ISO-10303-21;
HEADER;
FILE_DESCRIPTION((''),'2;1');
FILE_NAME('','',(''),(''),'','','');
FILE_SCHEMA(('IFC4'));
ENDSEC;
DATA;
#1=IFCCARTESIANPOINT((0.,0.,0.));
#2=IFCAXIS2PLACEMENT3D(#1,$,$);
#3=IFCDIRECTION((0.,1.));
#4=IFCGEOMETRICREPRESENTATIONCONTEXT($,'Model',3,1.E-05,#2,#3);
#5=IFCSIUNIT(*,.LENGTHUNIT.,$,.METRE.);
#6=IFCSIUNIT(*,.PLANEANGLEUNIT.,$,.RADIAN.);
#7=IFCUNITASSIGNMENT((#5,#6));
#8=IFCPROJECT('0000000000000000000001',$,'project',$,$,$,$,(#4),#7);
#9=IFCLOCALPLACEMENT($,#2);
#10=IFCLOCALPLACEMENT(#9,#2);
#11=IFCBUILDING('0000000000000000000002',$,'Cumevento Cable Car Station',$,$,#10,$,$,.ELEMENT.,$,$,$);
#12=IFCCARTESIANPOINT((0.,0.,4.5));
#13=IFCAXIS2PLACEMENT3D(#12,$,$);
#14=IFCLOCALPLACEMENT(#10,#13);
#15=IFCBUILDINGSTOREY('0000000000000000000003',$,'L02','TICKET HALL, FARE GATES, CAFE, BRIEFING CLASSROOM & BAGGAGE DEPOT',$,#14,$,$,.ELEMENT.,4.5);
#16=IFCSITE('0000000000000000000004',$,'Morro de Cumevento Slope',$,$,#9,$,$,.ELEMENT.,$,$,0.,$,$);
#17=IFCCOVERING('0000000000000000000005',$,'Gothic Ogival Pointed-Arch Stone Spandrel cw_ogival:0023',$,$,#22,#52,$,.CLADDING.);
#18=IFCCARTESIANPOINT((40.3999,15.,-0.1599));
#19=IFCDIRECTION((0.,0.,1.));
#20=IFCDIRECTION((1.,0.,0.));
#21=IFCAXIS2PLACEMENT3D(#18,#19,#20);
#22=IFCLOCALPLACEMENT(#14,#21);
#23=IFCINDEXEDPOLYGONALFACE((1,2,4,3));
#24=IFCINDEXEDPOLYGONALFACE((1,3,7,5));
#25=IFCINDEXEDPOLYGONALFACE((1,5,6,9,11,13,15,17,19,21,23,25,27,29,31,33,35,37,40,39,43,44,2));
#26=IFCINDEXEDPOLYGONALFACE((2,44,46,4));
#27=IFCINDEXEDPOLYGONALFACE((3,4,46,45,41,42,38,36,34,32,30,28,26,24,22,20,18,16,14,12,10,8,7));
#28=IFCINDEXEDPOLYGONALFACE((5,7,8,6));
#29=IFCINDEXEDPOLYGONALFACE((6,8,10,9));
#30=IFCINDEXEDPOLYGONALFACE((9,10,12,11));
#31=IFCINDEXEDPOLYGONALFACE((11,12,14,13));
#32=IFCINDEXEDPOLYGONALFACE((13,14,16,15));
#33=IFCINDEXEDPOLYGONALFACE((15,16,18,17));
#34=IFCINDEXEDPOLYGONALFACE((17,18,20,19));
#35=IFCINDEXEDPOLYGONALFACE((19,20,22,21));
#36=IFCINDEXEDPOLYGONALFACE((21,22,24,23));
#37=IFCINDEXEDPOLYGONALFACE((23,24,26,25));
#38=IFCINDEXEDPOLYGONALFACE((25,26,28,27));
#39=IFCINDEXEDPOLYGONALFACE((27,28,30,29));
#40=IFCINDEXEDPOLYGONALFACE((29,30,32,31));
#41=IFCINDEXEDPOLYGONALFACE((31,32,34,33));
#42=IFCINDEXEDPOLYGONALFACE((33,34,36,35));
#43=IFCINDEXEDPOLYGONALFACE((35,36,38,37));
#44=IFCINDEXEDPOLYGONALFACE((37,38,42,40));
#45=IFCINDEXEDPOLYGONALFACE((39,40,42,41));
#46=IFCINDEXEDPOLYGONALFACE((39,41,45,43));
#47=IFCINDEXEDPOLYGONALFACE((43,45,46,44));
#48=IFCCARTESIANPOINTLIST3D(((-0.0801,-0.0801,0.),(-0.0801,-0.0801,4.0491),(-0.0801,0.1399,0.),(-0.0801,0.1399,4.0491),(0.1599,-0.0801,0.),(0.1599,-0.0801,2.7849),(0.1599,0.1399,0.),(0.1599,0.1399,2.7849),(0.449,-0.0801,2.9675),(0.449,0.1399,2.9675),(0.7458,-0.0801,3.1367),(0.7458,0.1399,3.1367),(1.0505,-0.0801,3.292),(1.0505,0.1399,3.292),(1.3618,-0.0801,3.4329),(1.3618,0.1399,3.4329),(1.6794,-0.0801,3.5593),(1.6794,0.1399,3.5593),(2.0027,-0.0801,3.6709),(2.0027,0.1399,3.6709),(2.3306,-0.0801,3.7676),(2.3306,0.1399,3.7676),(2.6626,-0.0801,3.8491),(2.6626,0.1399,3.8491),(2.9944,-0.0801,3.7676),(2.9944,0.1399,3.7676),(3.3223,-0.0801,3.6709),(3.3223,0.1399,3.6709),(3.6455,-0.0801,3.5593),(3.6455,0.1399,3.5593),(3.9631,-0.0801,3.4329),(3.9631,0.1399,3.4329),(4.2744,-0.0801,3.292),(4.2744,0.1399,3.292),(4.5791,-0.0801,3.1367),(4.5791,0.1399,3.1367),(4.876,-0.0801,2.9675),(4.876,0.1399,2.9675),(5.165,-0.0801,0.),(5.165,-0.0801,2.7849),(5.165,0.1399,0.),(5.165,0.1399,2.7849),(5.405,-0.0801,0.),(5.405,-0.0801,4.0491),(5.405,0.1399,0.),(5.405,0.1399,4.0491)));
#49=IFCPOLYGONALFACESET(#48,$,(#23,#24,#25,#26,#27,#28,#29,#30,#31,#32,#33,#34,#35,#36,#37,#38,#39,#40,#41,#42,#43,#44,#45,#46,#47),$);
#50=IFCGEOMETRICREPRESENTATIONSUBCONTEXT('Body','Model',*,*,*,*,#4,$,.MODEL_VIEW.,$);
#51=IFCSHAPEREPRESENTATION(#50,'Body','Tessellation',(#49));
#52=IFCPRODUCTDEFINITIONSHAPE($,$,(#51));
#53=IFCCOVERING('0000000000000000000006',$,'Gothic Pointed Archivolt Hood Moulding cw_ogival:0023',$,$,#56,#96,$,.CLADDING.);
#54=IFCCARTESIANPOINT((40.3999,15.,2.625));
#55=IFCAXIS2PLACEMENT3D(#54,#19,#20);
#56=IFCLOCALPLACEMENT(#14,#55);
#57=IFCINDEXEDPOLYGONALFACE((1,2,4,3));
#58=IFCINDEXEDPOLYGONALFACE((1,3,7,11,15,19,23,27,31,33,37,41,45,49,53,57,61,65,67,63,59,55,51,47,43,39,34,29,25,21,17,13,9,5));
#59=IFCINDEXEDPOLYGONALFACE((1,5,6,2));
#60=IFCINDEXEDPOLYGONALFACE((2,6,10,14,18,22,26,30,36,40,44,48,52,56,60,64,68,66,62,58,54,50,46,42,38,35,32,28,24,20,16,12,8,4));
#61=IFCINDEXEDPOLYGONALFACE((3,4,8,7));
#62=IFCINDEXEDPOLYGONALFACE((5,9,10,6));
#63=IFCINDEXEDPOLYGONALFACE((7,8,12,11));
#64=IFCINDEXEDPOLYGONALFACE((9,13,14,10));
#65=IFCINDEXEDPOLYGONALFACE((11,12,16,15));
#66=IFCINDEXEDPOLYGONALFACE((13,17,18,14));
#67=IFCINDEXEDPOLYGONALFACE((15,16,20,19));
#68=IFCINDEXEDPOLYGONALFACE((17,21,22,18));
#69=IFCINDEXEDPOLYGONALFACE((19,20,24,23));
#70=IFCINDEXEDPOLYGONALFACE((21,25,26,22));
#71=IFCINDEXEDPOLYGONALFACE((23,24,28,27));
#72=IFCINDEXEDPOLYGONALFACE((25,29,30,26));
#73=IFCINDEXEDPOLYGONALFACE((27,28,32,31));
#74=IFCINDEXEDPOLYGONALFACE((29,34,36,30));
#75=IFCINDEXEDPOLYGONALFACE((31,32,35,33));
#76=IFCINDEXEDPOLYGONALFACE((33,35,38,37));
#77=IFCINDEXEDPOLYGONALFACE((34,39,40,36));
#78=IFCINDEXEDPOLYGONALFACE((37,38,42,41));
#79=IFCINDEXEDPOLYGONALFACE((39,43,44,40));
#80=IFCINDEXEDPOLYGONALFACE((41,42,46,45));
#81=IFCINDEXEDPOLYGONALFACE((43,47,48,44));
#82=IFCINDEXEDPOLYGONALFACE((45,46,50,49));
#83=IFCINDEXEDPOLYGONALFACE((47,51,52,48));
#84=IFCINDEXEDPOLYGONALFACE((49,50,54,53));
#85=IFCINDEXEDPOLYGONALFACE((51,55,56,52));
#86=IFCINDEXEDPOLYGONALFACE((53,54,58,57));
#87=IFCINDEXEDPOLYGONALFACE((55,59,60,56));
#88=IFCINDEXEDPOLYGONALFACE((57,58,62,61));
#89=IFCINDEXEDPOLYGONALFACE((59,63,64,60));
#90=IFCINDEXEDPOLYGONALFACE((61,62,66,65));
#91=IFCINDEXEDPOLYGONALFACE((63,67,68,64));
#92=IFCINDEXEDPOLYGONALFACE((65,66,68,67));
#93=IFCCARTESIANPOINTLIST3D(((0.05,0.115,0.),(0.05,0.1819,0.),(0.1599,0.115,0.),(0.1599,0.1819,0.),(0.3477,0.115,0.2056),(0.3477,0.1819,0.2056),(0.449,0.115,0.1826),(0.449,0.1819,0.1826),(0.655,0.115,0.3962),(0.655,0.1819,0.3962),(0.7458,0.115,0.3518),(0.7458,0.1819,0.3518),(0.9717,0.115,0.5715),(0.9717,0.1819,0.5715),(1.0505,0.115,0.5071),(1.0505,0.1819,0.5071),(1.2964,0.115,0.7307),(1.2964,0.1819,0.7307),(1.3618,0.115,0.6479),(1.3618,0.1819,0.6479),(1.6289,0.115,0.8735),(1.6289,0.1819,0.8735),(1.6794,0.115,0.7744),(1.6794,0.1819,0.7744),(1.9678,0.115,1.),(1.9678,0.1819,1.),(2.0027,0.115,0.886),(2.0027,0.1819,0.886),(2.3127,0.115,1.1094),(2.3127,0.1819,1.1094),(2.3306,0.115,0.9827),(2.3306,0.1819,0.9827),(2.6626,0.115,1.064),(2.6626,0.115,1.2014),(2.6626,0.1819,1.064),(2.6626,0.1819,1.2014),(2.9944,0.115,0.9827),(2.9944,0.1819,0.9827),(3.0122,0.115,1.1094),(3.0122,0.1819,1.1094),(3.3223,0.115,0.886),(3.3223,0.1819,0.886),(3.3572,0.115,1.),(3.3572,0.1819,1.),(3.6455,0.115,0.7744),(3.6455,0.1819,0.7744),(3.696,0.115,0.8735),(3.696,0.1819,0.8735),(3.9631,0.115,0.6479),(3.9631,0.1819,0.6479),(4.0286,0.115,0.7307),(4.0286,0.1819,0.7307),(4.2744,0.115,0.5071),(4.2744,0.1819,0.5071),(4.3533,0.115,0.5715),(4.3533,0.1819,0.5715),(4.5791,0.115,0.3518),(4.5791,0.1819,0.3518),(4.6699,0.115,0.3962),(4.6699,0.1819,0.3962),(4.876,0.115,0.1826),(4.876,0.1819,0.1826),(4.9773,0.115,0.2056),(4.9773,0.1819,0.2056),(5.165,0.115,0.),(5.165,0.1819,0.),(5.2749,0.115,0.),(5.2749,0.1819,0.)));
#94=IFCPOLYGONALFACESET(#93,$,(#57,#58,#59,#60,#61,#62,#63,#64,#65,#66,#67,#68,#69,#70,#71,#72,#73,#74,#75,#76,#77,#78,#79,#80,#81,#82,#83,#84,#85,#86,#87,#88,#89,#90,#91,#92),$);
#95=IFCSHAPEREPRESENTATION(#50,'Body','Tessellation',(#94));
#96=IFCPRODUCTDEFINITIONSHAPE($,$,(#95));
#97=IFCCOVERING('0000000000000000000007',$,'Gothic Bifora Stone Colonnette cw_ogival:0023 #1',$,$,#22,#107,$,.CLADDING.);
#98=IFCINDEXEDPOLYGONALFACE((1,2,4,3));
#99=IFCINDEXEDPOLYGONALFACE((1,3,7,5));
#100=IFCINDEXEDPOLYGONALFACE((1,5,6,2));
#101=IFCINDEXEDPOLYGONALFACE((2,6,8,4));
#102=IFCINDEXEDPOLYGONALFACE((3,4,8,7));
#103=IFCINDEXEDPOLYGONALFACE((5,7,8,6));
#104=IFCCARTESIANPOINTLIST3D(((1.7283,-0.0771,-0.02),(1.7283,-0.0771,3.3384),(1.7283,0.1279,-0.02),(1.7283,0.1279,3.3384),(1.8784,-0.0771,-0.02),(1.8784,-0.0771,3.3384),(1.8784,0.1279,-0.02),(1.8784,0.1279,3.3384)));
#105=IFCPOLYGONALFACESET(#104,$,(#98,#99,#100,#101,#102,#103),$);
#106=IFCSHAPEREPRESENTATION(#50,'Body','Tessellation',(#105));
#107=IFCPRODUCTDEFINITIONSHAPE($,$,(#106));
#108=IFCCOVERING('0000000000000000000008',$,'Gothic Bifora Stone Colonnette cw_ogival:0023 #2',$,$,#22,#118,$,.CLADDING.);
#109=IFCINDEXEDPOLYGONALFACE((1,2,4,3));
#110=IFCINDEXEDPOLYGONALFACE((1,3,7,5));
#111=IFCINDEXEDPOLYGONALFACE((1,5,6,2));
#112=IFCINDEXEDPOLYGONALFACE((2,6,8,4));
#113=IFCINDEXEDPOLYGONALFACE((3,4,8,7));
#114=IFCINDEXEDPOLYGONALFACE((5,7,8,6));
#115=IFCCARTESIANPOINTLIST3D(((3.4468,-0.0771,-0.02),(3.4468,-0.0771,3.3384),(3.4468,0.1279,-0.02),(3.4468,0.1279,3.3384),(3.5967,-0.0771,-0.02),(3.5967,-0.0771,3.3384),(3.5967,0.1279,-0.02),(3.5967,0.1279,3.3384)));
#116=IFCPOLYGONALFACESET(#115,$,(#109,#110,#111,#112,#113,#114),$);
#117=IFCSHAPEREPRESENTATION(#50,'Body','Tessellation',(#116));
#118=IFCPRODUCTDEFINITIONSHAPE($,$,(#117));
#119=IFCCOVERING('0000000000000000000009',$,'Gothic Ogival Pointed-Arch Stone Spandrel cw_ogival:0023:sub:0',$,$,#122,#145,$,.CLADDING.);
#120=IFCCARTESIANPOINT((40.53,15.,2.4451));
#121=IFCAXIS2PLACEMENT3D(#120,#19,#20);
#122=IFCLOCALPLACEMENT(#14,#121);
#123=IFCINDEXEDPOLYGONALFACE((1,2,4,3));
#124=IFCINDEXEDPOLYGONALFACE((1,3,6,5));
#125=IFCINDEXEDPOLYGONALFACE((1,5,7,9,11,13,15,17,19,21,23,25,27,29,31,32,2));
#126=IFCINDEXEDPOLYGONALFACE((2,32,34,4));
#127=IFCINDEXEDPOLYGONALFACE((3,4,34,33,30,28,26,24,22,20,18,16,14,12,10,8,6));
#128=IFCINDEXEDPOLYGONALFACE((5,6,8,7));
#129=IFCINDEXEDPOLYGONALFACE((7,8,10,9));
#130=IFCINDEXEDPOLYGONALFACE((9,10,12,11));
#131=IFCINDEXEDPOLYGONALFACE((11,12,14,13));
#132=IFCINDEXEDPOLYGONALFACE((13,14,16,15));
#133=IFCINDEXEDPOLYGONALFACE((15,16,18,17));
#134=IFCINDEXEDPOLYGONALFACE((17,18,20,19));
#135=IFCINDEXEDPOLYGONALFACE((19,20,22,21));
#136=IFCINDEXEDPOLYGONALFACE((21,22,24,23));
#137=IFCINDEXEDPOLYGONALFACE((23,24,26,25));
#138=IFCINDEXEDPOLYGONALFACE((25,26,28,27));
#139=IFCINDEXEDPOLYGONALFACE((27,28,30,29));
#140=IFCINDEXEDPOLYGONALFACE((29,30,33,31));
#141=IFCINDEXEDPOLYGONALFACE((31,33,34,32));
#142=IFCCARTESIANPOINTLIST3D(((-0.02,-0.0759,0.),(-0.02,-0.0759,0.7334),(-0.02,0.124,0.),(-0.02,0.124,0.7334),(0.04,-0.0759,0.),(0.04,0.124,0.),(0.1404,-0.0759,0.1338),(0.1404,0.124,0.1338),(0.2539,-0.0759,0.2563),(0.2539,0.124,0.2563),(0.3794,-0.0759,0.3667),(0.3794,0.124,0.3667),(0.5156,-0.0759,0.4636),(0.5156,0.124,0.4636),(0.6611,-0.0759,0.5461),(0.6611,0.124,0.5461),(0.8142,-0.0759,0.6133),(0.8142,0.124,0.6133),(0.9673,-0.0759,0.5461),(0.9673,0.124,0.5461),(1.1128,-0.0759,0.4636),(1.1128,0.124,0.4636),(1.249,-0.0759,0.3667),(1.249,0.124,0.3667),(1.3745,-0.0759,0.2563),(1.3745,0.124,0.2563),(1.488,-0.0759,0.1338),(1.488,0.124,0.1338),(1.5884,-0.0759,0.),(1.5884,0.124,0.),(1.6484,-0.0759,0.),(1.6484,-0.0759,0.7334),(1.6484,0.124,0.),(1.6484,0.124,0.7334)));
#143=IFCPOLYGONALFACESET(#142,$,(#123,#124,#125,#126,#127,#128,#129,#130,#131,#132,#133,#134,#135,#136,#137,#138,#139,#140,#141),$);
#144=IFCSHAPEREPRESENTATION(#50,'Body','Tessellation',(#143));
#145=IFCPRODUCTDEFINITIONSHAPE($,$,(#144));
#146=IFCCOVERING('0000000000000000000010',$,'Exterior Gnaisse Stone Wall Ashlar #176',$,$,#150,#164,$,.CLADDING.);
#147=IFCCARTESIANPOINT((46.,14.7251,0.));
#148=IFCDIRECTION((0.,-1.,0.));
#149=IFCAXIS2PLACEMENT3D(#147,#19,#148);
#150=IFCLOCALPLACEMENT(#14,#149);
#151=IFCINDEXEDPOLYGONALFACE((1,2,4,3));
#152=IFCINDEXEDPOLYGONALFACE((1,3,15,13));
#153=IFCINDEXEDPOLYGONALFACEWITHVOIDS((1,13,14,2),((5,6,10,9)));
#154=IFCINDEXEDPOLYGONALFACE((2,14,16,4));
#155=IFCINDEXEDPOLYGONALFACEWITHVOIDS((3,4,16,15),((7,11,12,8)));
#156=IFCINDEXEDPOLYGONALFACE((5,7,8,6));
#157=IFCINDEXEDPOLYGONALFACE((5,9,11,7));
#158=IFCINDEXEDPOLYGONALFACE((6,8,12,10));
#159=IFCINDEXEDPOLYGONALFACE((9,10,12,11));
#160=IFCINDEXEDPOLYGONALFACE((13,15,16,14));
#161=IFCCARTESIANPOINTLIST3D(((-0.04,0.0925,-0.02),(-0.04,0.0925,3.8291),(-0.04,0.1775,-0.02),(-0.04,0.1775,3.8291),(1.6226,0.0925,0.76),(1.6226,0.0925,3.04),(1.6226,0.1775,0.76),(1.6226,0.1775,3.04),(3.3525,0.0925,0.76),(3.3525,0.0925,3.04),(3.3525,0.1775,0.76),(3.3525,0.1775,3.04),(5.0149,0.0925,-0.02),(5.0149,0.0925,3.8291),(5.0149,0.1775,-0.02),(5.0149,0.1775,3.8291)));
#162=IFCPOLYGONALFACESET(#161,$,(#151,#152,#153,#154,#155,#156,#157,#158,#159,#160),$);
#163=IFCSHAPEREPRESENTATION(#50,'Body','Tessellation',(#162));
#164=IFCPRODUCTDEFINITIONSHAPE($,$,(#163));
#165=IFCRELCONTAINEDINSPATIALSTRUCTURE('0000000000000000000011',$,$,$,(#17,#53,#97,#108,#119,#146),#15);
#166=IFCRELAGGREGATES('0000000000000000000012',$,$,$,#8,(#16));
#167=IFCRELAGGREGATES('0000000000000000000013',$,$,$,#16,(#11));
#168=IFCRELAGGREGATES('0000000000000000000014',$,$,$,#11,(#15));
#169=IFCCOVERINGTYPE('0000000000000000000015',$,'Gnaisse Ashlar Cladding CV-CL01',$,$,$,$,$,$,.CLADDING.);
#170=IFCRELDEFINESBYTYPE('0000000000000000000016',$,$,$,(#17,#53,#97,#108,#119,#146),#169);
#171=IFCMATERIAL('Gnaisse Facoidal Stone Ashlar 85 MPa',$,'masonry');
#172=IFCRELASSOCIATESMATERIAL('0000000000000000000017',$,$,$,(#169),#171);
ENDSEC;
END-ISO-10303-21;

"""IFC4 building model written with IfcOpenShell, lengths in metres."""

from ifc_helpers import new_model, si_unit, direction, frame, origin, place, context, subcontext, project, spatial, polyline, outline, extrude, material, type_object, element, save


model = new_model("IFC4")

# Units and contexts
model_context = context("Model", 3, precision=1e-05, world=origin(), true_north=direction((0.0, 1.0)))
body_context = subcontext(model_context, "Body", "Model", "MODEL_VIEW")
ifc_project = project(units=[si_unit("LENGTHUNIT", "METRE"), si_unit("PLANEANGLEUNIT", "RADIAN")], contexts=[model_context])

# Site, building, storey
site_placement = place(None, origin())
site = spatial("IfcSite", under=ifc_project, at=site_placement, Name="Morro de Cumevento Slope", CompositionType="ELEMENT", RefElevation=0.0)
building_placement = place(site_placement, origin())
building = spatial("IfcBuilding", under=site, at=building_placement, Name="Cumevento Cable Car Station", CompositionType="ELEMENT")
storey_placement = place(building_placement, frame((0.0, 0.0, 4.5)))
storey = spatial("IfcBuildingStorey", under=building, at=storey_placement, Name="L02", Description="TICKET HALL, FARE GATES, CAFE, BRIEFING CLASSROOM & BAGGAGE DEPOT", CompositionType="ELEMENT", Elevation=4.5)

# Coverings
ifc_material_1 = material(Name="Gnaisse Facoidal Stone Ashlar 85 MPa", Category="masonry")
covering_type = type_object("IfcCoveringType", Name="Gnaisse Ashlar Cladding CV-CL01", PredefinedType="CLADDING", material=ifc_material_1)
placement = place(storey_placement, frame((40.3999, 15.0, -0.1599), z_axis=(0.0, 0.0, 1.0), x_axis=(1.0, 0.0, 0.0)))
element("IfcCovering", 1, at=placement, inside=storey, type_object=covering_type, Name="Gothic Ogival Pointed-Arch Stone Spandrel cw_ogival:0023", PredefinedType="CLADDING", context=body_context, shape_type="SweptSolid", body=[
    extrude(outline(polyline([(-0.0801, 0.0), (-0.0801, 4.0491), (5.405, 4.0491), (5.405, 0.0), (5.165, 0.0), (5.165, 2.7849), (4.876, 2.9675), (4.5791, 3.1367), (4.2744, 3.292), (3.9631, 3.4329), (3.6455, 3.5593), (3.3223, 3.6709), (2.9944, 3.7676), (2.6626, 3.8491), (2.3306, 3.7676), (2.0027, 3.6709), (1.6794, 3.5593), (1.3618, 3.4329), (1.0505, 3.292), (0.7458, 3.1367), (0.449, 2.9675), (0.1599, 2.7849), (0.1599, 0.0), (-0.0801, 0.0)])), frame((0.0, 0.1399, 0.0), z_axis=(0.0, -1.0, 0.0), x_axis=(1.0, 0.0, 0.0)), (0.0, 0.0, 1.0), 0.22),
])
covering_1_placement = place(storey_placement, frame((40.3999, 15.0, 2.625), z_axis=(0.0, 0.0, 1.0), x_axis=(1.0, 0.0, 0.0)))
element("IfcCovering", 2, at=covering_1_placement, inside=storey, type_object=covering_type, Name="Gothic Pointed Archivolt Hood Moulding cw_ogival:0023", PredefinedType="CLADDING", context=body_context, shape_type="SweptSolid", body=[
    extrude(outline(polyline([(0.1599, 0.0), (0.449, 0.1826), (0.7458, 0.3518), (1.0505, 0.5071), (1.3618, 0.6479), (1.6794, 0.7744), (2.0027, 0.886), (2.3306, 0.9827), (2.6626, 1.064), (2.9944, 0.9827), (3.3223, 0.886), (3.6455, 0.7744), (3.9631, 0.6479), (4.2744, 0.5071), (4.5791, 0.3518), (4.876, 0.1826), (5.165, 0.0), (5.2749, 0.0), (4.9773, 0.2056), (4.6699, 0.3962), (4.3533, 0.5715), (4.0286, 0.7307), (3.696, 0.8735), (3.3572, 1.0), (3.0122, 1.1094), (2.6626, 1.2014), (2.3127, 1.1094), (1.9678, 1.0), (1.6289, 0.8735), (1.2964, 0.7307), (0.9717, 0.5715), (0.655, 0.3962), (0.3477, 0.2056), (0.05, 0.0), (0.1599, 0.0)])), frame((0.0, 0.1819, 0.0), z_axis=(0.0, -1.0, 0.0), x_axis=(1.0, 0.0, 0.0)), (0.0, 0.0, 1.0), 0.0669),
])
element("IfcCovering", 3, at=placement, inside=storey, type_object=covering_type, Name="Gothic Bifora Stone Colonnette cw_ogival:0023 #1", PredefinedType="CLADDING", context=body_context, shape_type="SweptSolid", body=[
    extrude(outline(polyline([(1.7283, -0.02), (1.8784, -0.02), (1.8784, 3.3384), (1.7283, 3.3384), (1.7283, -0.02)])), frame((0.0, 0.1279, 0.0), z_axis=(0.0, -1.0, 0.0), x_axis=(1.0, 0.0, 0.0)), (0.0, 0.0, 1.0), 0.2051),
])
element("IfcCovering", 4, at=placement, inside=storey, type_object=covering_type, Name="Gothic Bifora Stone Colonnette cw_ogival:0023 #2", PredefinedType="CLADDING", context=body_context, shape_type="SweptSolid", body=[
    extrude(outline(polyline([(3.4468, -0.02), (3.5967, -0.02), (3.5967, 3.3384), (3.4468, 3.3384), (3.4468, -0.02)])), frame((0.0, 0.1279, 0.0), z_axis=(0.0, -1.0, 0.0), x_axis=(1.0, 0.0, 0.0)), (0.0, 0.0, 1.0), 0.2051),
])
covering_2_placement = place(storey_placement, frame((40.53, 15.0, 2.4451), z_axis=(0.0, 0.0, 1.0), x_axis=(1.0, 0.0, 0.0)))
element("IfcCovering", 5, at=covering_2_placement, inside=storey, type_object=covering_type, Name="Gothic Ogival Pointed-Arch Stone Spandrel cw_ogival:0023:sub:0", PredefinedType="CLADDING", context=body_context, shape_type="SweptSolid", body=[
    extrude(outline(polyline([(-0.02, 0.0), (-0.02, 0.7334), (1.6484, 0.7334), (1.6484, 0.0), (1.5884, 0.0), (1.488, 0.1338), (1.3745, 0.2563), (1.249, 0.3667), (1.1128, 0.4636), (0.9673, 0.5461), (0.8142, 0.6133), (0.6611, 0.5461), (0.5156, 0.4636), (0.3794, 0.3667), (0.2539, 0.2563), (0.1404, 0.1338), (0.04, 0.0), (-0.02, 0.0)])), frame((0.0, 0.124, 0.0), z_axis=(0.0, -1.0, 0.0), x_axis=(1.0, 0.0, 0.0)), (0.0, 0.0, 1.0), 0.2),
])
covering_3_placement = place(storey_placement, frame((46.0, 14.7251, 0.0), z_axis=(0.0, 0.0, 1.0), x_axis=(0.0, -1.0, 0.0)))
element("IfcCovering", 6, at=covering_3_placement, inside=storey, type_object=covering_type, Name="Exterior Gnaisse Stone Wall Ashlar #176", PredefinedType="CLADDING", context=body_context, shape_type="SweptSolid", body=[
    extrude(outline(polyline([(-0.04, -0.02), (5.0149, -0.02), (5.0149, 3.8291), (-0.04, 3.8291), (-0.04, -0.02)]), holes=[polyline([(1.6226, 0.76), (3.3525, 0.76), (3.3525, 3.04), (1.6226, 3.04), (1.6226, 0.76)])]), frame((0.0, 0.1775, 0.0), z_axis=(0.0, -1.0, 0.0), x_axis=(1.0, 0.0, 0.0)), (0.0, 0.0, 1.0), 0.085),
])

save(model, "model.ifc")
